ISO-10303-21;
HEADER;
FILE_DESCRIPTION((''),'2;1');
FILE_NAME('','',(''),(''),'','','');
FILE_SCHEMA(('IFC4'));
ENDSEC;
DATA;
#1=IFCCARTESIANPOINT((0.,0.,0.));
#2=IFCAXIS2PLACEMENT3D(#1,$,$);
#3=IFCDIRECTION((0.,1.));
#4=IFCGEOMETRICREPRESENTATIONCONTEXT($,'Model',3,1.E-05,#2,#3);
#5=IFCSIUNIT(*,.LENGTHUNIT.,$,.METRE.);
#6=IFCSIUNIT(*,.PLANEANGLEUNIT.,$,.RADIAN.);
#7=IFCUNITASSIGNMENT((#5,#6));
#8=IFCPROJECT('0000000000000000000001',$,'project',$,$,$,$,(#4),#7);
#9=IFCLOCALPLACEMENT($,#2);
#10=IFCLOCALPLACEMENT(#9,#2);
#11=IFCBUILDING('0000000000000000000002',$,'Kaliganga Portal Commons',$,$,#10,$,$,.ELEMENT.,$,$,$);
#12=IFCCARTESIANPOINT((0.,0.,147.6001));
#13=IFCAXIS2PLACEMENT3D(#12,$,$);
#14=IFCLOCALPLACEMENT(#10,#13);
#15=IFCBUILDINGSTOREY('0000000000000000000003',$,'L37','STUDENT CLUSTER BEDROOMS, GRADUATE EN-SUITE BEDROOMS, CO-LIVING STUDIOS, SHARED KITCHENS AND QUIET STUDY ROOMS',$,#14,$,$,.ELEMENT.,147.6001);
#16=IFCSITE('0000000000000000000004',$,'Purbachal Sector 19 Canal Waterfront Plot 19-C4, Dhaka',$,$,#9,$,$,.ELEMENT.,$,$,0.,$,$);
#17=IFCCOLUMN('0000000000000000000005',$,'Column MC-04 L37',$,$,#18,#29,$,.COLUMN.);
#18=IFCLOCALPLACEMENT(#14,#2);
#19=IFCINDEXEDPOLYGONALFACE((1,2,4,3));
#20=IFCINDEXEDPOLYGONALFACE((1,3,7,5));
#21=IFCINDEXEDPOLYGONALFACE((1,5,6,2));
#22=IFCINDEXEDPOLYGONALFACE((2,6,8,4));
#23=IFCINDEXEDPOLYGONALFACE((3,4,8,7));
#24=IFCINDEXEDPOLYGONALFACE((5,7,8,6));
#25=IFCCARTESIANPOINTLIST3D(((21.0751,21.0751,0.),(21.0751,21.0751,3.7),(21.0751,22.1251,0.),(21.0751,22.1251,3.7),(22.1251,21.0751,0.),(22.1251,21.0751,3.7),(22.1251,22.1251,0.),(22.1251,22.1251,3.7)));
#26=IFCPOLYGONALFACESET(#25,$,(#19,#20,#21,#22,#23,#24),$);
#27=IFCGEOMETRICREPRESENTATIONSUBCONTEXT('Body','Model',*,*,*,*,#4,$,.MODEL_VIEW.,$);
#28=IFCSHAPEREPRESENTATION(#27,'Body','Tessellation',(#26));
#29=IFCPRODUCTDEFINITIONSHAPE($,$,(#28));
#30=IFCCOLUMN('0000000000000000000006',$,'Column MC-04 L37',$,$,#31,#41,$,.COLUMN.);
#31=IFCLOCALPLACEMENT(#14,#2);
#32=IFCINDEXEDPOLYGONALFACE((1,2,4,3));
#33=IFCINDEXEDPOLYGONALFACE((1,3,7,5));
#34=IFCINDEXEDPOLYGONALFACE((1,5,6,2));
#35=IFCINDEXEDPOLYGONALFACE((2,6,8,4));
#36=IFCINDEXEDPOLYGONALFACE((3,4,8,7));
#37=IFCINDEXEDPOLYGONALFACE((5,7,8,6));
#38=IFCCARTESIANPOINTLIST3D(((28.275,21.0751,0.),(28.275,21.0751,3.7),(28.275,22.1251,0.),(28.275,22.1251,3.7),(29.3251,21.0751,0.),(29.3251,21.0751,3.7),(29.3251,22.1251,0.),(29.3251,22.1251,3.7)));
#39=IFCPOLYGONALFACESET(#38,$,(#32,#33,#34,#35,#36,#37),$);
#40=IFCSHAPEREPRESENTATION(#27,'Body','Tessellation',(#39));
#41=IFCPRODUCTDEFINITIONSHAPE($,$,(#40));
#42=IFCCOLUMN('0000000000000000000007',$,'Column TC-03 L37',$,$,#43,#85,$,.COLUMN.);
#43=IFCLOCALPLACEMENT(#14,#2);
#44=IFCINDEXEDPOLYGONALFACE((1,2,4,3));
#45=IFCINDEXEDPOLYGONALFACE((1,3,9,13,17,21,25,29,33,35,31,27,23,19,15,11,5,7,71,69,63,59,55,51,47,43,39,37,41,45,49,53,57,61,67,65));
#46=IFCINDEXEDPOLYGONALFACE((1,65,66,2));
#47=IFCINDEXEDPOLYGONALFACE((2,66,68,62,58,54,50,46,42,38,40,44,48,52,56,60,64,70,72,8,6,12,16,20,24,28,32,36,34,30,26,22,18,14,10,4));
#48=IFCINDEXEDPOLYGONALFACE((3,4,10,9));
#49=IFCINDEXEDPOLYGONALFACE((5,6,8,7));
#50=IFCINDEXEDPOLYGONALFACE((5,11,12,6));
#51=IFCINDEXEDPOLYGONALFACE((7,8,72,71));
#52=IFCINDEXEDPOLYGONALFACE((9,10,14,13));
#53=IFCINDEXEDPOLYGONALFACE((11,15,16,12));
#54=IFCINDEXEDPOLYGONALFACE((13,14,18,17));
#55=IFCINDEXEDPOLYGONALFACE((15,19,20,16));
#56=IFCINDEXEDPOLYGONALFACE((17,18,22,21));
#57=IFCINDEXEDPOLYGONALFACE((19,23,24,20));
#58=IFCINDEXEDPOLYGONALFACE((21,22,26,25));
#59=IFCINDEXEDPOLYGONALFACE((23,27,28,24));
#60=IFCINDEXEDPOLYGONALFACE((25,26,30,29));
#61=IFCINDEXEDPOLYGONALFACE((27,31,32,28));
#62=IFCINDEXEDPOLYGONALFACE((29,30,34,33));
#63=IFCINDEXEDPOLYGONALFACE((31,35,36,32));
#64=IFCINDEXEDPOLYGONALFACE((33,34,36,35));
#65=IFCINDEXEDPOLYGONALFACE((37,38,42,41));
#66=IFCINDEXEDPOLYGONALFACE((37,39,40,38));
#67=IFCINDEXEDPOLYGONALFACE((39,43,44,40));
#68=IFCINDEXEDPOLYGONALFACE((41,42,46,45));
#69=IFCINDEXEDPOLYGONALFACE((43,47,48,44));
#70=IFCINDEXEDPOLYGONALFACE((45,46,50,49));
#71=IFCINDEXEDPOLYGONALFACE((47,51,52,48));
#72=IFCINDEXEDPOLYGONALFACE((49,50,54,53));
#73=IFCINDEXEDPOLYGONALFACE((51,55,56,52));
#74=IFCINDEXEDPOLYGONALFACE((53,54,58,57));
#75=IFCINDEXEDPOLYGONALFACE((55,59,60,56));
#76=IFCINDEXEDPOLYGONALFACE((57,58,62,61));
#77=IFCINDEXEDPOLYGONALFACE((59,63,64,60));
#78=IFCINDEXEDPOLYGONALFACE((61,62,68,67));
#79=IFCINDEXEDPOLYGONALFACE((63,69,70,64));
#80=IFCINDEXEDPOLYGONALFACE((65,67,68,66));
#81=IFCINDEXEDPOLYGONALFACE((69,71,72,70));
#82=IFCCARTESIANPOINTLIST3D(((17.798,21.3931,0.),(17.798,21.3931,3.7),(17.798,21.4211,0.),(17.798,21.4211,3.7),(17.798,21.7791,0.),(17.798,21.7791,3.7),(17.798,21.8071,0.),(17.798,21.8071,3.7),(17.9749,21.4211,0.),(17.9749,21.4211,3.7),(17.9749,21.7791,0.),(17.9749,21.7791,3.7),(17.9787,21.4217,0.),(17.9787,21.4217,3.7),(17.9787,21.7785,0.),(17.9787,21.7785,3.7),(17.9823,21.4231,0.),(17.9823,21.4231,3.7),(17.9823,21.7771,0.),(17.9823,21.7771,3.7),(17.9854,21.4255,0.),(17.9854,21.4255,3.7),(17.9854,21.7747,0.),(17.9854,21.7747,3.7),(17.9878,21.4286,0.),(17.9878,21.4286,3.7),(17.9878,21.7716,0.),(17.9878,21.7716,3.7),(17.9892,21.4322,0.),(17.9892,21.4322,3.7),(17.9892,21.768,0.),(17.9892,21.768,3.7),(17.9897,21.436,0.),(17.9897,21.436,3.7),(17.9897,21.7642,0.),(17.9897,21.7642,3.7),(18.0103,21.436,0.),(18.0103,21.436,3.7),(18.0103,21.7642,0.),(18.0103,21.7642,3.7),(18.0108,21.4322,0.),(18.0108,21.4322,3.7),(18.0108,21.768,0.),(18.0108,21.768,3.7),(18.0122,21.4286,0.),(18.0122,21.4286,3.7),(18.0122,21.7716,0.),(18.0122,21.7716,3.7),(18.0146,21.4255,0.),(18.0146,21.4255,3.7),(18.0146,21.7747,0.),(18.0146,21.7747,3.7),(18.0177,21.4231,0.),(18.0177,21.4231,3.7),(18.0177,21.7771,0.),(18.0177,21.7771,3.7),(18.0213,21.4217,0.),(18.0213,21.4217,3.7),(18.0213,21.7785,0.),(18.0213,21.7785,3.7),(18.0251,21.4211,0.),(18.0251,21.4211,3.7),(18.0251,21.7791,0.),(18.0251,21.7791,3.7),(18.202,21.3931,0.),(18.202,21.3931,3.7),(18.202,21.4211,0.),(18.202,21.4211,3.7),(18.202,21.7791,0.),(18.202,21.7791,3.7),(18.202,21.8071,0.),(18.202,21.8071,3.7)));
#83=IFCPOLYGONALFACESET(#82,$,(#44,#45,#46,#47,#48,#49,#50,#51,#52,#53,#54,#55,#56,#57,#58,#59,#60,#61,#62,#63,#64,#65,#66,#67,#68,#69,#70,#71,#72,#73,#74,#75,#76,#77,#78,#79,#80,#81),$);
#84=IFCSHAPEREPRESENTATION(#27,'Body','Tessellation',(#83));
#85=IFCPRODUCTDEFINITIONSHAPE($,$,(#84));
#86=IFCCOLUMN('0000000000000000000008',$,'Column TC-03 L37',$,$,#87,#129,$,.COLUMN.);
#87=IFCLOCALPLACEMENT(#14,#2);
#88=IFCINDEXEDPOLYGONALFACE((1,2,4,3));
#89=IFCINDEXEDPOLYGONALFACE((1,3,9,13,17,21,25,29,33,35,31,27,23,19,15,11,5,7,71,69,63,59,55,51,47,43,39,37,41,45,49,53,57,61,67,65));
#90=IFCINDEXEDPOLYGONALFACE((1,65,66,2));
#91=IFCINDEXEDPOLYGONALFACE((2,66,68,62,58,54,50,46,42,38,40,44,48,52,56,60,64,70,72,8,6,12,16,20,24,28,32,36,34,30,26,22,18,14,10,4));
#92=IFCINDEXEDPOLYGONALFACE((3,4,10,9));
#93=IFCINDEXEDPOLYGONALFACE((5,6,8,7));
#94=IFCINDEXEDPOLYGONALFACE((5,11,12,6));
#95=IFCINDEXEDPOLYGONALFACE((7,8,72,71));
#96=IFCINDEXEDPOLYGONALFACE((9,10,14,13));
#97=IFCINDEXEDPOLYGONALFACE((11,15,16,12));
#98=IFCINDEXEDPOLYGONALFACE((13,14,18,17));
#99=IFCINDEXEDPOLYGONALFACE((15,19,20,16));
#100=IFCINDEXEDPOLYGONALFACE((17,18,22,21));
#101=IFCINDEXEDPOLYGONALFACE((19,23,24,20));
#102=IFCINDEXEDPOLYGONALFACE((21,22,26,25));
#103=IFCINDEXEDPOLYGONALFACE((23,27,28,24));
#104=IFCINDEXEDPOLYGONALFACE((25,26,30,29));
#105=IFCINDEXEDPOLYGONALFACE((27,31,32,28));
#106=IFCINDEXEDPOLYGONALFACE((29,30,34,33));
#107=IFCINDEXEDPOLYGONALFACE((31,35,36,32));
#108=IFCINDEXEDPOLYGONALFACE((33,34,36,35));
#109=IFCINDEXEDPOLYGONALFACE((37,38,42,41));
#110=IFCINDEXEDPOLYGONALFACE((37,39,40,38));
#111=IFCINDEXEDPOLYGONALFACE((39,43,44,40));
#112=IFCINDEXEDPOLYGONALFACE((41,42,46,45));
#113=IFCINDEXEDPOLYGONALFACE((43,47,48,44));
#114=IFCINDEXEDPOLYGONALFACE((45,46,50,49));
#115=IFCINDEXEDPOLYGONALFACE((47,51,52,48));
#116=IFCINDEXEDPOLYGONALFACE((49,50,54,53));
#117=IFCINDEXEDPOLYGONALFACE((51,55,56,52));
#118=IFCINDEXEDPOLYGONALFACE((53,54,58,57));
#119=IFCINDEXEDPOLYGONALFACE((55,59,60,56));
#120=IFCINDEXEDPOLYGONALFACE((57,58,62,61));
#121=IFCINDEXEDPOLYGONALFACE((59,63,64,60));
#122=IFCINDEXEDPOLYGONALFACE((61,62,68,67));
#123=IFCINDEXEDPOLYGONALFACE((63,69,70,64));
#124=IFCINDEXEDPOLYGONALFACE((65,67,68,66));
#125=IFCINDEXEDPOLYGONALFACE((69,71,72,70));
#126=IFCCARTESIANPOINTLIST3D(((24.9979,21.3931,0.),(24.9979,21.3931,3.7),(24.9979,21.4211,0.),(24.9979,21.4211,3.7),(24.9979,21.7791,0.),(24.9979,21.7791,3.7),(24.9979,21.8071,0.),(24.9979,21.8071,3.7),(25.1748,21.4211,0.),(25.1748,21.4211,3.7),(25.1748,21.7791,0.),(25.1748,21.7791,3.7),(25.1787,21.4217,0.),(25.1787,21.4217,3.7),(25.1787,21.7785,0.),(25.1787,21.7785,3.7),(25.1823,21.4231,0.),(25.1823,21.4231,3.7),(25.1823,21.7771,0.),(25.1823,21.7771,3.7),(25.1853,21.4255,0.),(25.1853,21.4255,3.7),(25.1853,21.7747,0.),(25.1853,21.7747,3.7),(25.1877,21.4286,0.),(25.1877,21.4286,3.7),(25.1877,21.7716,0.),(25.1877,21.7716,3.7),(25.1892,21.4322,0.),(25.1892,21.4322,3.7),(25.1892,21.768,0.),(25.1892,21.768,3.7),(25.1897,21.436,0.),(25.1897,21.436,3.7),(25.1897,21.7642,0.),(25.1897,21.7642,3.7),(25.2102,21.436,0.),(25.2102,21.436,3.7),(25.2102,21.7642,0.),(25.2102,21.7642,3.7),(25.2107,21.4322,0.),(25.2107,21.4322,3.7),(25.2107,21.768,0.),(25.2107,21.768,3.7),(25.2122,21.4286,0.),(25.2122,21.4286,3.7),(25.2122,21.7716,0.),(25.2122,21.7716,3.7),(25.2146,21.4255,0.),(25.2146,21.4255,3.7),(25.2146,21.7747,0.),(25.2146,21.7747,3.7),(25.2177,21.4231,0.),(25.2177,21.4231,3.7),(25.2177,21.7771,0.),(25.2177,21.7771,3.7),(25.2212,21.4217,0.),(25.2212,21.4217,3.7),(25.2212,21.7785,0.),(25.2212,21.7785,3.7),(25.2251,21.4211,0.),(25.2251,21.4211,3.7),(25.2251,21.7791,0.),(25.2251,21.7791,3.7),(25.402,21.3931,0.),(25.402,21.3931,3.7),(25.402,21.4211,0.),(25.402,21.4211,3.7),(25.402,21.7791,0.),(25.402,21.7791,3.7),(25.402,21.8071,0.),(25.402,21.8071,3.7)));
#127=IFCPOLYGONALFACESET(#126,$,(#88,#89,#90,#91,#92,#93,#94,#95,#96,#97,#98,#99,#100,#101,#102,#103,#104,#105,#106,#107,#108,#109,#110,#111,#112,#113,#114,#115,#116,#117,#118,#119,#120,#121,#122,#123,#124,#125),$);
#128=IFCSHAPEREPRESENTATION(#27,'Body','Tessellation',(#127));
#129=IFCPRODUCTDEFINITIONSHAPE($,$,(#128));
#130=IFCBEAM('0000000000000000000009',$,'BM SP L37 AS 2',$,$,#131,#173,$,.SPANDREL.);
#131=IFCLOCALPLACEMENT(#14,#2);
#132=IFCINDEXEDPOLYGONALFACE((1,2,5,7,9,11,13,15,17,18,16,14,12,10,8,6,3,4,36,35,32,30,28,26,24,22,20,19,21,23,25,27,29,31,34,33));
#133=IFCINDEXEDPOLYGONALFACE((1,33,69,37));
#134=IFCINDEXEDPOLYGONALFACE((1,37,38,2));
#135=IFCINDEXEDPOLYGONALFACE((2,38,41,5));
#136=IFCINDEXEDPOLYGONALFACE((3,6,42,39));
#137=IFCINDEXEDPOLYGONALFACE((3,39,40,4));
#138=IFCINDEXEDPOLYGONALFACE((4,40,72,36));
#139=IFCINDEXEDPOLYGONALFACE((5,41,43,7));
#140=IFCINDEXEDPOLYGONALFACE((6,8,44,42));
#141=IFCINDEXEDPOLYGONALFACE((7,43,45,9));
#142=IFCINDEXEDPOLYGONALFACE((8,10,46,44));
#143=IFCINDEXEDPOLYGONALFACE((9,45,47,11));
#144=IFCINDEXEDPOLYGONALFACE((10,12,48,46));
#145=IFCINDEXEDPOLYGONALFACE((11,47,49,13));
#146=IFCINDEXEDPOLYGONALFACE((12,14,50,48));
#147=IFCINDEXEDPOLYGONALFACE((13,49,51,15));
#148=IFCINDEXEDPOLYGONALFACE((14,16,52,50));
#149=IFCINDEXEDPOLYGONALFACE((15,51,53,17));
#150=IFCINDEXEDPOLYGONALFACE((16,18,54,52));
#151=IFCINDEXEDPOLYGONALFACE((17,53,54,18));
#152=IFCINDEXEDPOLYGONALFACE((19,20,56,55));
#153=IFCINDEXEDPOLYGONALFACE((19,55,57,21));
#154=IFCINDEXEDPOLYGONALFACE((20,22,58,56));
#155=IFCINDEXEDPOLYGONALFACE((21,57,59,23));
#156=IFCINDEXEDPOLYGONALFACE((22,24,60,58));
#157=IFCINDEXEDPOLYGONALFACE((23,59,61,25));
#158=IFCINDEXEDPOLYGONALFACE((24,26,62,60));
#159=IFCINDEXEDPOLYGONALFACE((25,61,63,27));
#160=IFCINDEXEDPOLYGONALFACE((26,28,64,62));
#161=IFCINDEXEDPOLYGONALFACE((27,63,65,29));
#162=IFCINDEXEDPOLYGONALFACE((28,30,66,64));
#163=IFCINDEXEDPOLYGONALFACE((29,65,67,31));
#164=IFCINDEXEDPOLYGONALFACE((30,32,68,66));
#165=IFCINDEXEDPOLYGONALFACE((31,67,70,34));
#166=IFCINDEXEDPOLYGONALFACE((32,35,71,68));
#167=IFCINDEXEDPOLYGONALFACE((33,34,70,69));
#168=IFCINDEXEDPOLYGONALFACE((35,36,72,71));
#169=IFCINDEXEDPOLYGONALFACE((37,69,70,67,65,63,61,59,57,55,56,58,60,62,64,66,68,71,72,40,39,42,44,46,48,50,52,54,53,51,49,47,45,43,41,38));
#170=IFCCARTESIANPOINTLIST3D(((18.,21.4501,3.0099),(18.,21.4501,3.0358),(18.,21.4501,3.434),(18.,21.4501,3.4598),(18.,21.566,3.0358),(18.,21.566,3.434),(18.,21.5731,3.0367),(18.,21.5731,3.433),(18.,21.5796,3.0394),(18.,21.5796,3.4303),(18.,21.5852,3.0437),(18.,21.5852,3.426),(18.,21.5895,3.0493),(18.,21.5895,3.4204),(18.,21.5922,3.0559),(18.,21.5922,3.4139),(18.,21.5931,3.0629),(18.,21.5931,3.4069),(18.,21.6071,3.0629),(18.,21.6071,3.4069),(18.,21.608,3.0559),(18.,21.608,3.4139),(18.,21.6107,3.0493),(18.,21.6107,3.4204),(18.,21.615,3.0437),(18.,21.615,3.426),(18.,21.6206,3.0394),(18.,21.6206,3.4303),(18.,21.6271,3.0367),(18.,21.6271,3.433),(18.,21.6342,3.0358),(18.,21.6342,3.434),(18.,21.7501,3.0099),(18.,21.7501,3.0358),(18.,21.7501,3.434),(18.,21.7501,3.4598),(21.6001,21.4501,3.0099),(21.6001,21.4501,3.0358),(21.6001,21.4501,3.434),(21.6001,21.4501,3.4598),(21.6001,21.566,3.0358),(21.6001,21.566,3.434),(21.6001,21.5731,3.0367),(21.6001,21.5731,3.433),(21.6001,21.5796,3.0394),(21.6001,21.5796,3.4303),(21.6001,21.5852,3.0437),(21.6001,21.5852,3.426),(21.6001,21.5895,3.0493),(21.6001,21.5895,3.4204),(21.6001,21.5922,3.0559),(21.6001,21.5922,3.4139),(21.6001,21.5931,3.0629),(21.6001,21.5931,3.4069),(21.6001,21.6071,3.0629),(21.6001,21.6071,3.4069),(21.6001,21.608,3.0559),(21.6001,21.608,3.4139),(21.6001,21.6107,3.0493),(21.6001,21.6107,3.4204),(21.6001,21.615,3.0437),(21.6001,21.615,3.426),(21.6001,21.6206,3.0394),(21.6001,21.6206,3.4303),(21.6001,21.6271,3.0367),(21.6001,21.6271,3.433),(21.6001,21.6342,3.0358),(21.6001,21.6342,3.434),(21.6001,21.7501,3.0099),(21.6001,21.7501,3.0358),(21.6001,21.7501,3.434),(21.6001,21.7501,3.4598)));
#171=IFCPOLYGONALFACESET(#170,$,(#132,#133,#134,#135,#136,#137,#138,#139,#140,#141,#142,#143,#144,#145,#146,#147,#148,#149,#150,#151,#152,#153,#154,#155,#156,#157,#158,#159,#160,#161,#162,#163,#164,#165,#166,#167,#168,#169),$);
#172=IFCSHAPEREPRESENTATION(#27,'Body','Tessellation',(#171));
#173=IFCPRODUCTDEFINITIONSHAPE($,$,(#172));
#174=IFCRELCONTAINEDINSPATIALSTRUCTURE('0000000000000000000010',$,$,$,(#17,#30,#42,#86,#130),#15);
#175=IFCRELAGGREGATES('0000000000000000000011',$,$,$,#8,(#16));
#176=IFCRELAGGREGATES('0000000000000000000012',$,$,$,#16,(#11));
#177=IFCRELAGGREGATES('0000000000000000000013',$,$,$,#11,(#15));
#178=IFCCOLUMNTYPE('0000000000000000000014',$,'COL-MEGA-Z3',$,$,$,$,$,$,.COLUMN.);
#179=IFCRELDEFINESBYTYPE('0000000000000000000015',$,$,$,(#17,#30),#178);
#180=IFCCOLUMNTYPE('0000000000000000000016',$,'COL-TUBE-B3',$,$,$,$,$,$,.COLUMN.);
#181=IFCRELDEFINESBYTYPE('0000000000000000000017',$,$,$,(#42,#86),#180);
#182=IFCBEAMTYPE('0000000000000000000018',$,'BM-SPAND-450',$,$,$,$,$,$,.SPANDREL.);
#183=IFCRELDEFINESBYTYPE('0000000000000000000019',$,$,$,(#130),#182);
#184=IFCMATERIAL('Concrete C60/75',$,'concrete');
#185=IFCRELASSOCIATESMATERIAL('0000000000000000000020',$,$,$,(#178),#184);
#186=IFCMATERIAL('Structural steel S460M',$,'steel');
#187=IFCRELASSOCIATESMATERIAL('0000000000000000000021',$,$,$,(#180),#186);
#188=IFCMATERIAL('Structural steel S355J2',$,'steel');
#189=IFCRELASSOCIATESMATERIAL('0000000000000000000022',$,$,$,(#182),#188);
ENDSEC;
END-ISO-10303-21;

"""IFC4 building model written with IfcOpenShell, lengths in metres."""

from ifc_helpers import new_model, si_unit, direction, frame, origin, origin_2d, place, context, subcontext, project, spatial, rectangle, i_section, extrude, source, transform, mapped, material, material_profile, profile_set, type_object, element, save


model = new_model("IFC4")

# Units and contexts
model_context = context("Model", 3, precision=1e-05, world=origin(), true_north=direction((0.0, 1.0)))
body_context = subcontext(model_context, "Body", "Model", "MODEL_VIEW")
ifc_project = project(units=[si_unit("LENGTHUNIT", "METRE"), si_unit("PLANEANGLEUNIT", "RADIAN")], contexts=[model_context])

# Site, building, storey
site_placement = place(None, origin())
site = spatial("IfcSite", under=ifc_project, at=site_placement, Name="Purbachal Sector 19 Canal Waterfront Plot 19-C4, Dhaka", CompositionType="ELEMENT", RefElevation=0.0)
building_placement = place(site_placement, origin())
building = spatial("IfcBuilding", under=site, at=building_placement, Name="Kaliganga Portal Commons", CompositionType="ELEMENT")
storey_placement = place(building_placement, frame((0.0, 0.0, 147.6001)))
storey = spatial("IfcBuildingStorey", under=building, at=storey_placement, Name="L37", Description="STUDENT CLUSTER BEDROOMS, GRADUATE EN-SUITE BEDROOMS, CO-LIVING STUDIOS, SHARED KITCHENS AND QUIET STUDY ROOMS", CompositionType="ELEMENT", Elevation=147.6001)

# Columns
ifc_material_1 = material(Name="Concrete C60/75", Category="concrete")
ifc_material_profile_1 = material_profile(ifc_material_1, rectangle(XDim=1.05, YDim=1.05, at=origin_2d()), Name="RC 1050x1050")
ifc_profile_set_1 = profile_set([ifc_material_profile_1], Name="Concrete C60/75")
column_type_1 = type_object("IfcColumnType", Name="COL-MEGA-Z3", PredefinedType="COLUMN", material=ifc_profile_set_1)
shared_shape_1 = source(origin(), body_context, "Body", "SweptSolid", [
    extrude(rectangle(XDim=1.05, YDim=1.05, at=origin_2d()), origin(), (0.0, 0.0, 1.0), 3.7),
])
for number, where, z_axis, x_axis, name in (
    (1, (21.6001, 21.6001, 0.0), (0.0, 0.0, 1.0), (1.0, 0.0, 0.0), "Column MC-04 L37"),
    (2, (28.8, 21.6001, 0.0), (0.0, 0.0, 1.0), (1.0, 0.0, 0.0), "Column MC-04 L37"),
):
    element("IfcColumn", number, at=place(storey_placement, frame(where, z_axis=z_axis, x_axis=x_axis)), inside=storey, type_object=column_type_1, Name=name, PredefinedType="COLUMN", context=body_context, shape_type="MappedRepresentation", body=[
        mapped(shared_shape_1, transform((0.0, 0.0, 0.0), x_axis=(1.0, 0.0, 0.0), y_axis=(0.0, 1.0, 0.0), z_axis=(0.0, 0.0, 1.0), scale=1.0)),
    ])
ifc_material_2 = material(Name="Structural steel S460M", Category="steel")
ifc_material_profile_2 = material_profile(ifc_material_2, i_section(OverallWidth=0.4041, OverallDepth=0.4141, WebThickness=0.0205, FlangeThickness=0.0281, FilletRadius=0.0149, at=origin_2d()), Name="HD 400x347")
ifc_profile_set_2 = profile_set([ifc_material_profile_2], Name="Structural steel S460M wide-flange")
column_type_2 = type_object("IfcColumnType", Name="COL-TUBE-B3", PredefinedType="COLUMN", material=ifc_profile_set_2)
shared_shape_2 = source(origin(), body_context, "Body", "SweptSolid", [
    extrude(i_section(OverallWidth=0.4041, OverallDepth=0.4141, WebThickness=0.0205, FlangeThickness=0.0281, FilletRadius=0.0149, at=origin_2d()), origin(), (0.0, 0.0, 1.0), 3.7),
])
for number, where, z_axis, x_axis, name in (
    (3, (18.0, 21.6001, 0.0), (0.0, 0.0, 1.0), (1.0, 0.0, 0.0), "Column TC-03 L37"),
    (4, (25.2, 21.6001, 0.0), (0.0, 0.0, 1.0), (1.0, 0.0, 0.0), "Column TC-03 L37"),
):
    element("IfcColumn", number, at=place(storey_placement, frame(where, z_axis=z_axis, x_axis=x_axis)), inside=storey, type_object=column_type_2, Name=name, PredefinedType="COLUMN", context=body_context, shape_type="MappedRepresentation", body=[
        mapped(shared_shape_2, transform((0.0, 0.0, 0.0), x_axis=(1.0, 0.0, 0.0), y_axis=(0.0, 1.0, 0.0), z_axis=(0.0, 0.0, 1.0), scale=1.0)),
    ])

# Beam
ifc_material_3 = material(Name="Structural steel S355J2", Category="steel")
ifc_material_profile_3 = material_profile(ifc_material_3, i_section(OverallWidth=0.3, OverallDepth=0.45, WebThickness=0.0139, FlangeThickness=0.0259, FilletRadius=0.0271, at=origin_2d()), Name="HE 450 B")
ifc_profile_set_3 = profile_set([ifc_material_profile_3], Name="Structural steel S355J2 wide-flange")
beam_type_1 = type_object("IfcBeamType", Name="BM-SPAND-450", PredefinedType="SPANDREL", material=ifc_profile_set_3)
shared_shape_3 = source(origin(), body_context, "Body", "SweptSolid", [
    extrude(i_section(OverallWidth=0.3, OverallDepth=0.45, WebThickness=0.0139, FlangeThickness=0.0259, FilletRadius=0.0271, at=origin_2d()), origin(), (0.0, 0.0, 1.0), 3.6001),
])
for number, where, z_axis, x_axis, name in (
    (5, (18.0, 21.6001, 3.2349), (1.0, 0.0, 0.0), (0.0, 1.0, 0.0), "BM SP L37 AS 2"),
):
    element("IfcBeam", number, at=place(storey_placement, frame(where, z_axis=z_axis, x_axis=x_axis)), inside=storey, type_object=beam_type_1, Name=name, PredefinedType="SPANDREL", context=body_context, shape_type="MappedRepresentation", body=[
        mapped(shared_shape_3, transform((0.0, 0.0, 0.0), x_axis=(1.0, 0.0, 0.0), y_axis=(0.0, 1.0, 0.0), z_axis=(0.0, 0.0, 1.0), scale=1.0)),
    ])

save(model, "model.ifc")
